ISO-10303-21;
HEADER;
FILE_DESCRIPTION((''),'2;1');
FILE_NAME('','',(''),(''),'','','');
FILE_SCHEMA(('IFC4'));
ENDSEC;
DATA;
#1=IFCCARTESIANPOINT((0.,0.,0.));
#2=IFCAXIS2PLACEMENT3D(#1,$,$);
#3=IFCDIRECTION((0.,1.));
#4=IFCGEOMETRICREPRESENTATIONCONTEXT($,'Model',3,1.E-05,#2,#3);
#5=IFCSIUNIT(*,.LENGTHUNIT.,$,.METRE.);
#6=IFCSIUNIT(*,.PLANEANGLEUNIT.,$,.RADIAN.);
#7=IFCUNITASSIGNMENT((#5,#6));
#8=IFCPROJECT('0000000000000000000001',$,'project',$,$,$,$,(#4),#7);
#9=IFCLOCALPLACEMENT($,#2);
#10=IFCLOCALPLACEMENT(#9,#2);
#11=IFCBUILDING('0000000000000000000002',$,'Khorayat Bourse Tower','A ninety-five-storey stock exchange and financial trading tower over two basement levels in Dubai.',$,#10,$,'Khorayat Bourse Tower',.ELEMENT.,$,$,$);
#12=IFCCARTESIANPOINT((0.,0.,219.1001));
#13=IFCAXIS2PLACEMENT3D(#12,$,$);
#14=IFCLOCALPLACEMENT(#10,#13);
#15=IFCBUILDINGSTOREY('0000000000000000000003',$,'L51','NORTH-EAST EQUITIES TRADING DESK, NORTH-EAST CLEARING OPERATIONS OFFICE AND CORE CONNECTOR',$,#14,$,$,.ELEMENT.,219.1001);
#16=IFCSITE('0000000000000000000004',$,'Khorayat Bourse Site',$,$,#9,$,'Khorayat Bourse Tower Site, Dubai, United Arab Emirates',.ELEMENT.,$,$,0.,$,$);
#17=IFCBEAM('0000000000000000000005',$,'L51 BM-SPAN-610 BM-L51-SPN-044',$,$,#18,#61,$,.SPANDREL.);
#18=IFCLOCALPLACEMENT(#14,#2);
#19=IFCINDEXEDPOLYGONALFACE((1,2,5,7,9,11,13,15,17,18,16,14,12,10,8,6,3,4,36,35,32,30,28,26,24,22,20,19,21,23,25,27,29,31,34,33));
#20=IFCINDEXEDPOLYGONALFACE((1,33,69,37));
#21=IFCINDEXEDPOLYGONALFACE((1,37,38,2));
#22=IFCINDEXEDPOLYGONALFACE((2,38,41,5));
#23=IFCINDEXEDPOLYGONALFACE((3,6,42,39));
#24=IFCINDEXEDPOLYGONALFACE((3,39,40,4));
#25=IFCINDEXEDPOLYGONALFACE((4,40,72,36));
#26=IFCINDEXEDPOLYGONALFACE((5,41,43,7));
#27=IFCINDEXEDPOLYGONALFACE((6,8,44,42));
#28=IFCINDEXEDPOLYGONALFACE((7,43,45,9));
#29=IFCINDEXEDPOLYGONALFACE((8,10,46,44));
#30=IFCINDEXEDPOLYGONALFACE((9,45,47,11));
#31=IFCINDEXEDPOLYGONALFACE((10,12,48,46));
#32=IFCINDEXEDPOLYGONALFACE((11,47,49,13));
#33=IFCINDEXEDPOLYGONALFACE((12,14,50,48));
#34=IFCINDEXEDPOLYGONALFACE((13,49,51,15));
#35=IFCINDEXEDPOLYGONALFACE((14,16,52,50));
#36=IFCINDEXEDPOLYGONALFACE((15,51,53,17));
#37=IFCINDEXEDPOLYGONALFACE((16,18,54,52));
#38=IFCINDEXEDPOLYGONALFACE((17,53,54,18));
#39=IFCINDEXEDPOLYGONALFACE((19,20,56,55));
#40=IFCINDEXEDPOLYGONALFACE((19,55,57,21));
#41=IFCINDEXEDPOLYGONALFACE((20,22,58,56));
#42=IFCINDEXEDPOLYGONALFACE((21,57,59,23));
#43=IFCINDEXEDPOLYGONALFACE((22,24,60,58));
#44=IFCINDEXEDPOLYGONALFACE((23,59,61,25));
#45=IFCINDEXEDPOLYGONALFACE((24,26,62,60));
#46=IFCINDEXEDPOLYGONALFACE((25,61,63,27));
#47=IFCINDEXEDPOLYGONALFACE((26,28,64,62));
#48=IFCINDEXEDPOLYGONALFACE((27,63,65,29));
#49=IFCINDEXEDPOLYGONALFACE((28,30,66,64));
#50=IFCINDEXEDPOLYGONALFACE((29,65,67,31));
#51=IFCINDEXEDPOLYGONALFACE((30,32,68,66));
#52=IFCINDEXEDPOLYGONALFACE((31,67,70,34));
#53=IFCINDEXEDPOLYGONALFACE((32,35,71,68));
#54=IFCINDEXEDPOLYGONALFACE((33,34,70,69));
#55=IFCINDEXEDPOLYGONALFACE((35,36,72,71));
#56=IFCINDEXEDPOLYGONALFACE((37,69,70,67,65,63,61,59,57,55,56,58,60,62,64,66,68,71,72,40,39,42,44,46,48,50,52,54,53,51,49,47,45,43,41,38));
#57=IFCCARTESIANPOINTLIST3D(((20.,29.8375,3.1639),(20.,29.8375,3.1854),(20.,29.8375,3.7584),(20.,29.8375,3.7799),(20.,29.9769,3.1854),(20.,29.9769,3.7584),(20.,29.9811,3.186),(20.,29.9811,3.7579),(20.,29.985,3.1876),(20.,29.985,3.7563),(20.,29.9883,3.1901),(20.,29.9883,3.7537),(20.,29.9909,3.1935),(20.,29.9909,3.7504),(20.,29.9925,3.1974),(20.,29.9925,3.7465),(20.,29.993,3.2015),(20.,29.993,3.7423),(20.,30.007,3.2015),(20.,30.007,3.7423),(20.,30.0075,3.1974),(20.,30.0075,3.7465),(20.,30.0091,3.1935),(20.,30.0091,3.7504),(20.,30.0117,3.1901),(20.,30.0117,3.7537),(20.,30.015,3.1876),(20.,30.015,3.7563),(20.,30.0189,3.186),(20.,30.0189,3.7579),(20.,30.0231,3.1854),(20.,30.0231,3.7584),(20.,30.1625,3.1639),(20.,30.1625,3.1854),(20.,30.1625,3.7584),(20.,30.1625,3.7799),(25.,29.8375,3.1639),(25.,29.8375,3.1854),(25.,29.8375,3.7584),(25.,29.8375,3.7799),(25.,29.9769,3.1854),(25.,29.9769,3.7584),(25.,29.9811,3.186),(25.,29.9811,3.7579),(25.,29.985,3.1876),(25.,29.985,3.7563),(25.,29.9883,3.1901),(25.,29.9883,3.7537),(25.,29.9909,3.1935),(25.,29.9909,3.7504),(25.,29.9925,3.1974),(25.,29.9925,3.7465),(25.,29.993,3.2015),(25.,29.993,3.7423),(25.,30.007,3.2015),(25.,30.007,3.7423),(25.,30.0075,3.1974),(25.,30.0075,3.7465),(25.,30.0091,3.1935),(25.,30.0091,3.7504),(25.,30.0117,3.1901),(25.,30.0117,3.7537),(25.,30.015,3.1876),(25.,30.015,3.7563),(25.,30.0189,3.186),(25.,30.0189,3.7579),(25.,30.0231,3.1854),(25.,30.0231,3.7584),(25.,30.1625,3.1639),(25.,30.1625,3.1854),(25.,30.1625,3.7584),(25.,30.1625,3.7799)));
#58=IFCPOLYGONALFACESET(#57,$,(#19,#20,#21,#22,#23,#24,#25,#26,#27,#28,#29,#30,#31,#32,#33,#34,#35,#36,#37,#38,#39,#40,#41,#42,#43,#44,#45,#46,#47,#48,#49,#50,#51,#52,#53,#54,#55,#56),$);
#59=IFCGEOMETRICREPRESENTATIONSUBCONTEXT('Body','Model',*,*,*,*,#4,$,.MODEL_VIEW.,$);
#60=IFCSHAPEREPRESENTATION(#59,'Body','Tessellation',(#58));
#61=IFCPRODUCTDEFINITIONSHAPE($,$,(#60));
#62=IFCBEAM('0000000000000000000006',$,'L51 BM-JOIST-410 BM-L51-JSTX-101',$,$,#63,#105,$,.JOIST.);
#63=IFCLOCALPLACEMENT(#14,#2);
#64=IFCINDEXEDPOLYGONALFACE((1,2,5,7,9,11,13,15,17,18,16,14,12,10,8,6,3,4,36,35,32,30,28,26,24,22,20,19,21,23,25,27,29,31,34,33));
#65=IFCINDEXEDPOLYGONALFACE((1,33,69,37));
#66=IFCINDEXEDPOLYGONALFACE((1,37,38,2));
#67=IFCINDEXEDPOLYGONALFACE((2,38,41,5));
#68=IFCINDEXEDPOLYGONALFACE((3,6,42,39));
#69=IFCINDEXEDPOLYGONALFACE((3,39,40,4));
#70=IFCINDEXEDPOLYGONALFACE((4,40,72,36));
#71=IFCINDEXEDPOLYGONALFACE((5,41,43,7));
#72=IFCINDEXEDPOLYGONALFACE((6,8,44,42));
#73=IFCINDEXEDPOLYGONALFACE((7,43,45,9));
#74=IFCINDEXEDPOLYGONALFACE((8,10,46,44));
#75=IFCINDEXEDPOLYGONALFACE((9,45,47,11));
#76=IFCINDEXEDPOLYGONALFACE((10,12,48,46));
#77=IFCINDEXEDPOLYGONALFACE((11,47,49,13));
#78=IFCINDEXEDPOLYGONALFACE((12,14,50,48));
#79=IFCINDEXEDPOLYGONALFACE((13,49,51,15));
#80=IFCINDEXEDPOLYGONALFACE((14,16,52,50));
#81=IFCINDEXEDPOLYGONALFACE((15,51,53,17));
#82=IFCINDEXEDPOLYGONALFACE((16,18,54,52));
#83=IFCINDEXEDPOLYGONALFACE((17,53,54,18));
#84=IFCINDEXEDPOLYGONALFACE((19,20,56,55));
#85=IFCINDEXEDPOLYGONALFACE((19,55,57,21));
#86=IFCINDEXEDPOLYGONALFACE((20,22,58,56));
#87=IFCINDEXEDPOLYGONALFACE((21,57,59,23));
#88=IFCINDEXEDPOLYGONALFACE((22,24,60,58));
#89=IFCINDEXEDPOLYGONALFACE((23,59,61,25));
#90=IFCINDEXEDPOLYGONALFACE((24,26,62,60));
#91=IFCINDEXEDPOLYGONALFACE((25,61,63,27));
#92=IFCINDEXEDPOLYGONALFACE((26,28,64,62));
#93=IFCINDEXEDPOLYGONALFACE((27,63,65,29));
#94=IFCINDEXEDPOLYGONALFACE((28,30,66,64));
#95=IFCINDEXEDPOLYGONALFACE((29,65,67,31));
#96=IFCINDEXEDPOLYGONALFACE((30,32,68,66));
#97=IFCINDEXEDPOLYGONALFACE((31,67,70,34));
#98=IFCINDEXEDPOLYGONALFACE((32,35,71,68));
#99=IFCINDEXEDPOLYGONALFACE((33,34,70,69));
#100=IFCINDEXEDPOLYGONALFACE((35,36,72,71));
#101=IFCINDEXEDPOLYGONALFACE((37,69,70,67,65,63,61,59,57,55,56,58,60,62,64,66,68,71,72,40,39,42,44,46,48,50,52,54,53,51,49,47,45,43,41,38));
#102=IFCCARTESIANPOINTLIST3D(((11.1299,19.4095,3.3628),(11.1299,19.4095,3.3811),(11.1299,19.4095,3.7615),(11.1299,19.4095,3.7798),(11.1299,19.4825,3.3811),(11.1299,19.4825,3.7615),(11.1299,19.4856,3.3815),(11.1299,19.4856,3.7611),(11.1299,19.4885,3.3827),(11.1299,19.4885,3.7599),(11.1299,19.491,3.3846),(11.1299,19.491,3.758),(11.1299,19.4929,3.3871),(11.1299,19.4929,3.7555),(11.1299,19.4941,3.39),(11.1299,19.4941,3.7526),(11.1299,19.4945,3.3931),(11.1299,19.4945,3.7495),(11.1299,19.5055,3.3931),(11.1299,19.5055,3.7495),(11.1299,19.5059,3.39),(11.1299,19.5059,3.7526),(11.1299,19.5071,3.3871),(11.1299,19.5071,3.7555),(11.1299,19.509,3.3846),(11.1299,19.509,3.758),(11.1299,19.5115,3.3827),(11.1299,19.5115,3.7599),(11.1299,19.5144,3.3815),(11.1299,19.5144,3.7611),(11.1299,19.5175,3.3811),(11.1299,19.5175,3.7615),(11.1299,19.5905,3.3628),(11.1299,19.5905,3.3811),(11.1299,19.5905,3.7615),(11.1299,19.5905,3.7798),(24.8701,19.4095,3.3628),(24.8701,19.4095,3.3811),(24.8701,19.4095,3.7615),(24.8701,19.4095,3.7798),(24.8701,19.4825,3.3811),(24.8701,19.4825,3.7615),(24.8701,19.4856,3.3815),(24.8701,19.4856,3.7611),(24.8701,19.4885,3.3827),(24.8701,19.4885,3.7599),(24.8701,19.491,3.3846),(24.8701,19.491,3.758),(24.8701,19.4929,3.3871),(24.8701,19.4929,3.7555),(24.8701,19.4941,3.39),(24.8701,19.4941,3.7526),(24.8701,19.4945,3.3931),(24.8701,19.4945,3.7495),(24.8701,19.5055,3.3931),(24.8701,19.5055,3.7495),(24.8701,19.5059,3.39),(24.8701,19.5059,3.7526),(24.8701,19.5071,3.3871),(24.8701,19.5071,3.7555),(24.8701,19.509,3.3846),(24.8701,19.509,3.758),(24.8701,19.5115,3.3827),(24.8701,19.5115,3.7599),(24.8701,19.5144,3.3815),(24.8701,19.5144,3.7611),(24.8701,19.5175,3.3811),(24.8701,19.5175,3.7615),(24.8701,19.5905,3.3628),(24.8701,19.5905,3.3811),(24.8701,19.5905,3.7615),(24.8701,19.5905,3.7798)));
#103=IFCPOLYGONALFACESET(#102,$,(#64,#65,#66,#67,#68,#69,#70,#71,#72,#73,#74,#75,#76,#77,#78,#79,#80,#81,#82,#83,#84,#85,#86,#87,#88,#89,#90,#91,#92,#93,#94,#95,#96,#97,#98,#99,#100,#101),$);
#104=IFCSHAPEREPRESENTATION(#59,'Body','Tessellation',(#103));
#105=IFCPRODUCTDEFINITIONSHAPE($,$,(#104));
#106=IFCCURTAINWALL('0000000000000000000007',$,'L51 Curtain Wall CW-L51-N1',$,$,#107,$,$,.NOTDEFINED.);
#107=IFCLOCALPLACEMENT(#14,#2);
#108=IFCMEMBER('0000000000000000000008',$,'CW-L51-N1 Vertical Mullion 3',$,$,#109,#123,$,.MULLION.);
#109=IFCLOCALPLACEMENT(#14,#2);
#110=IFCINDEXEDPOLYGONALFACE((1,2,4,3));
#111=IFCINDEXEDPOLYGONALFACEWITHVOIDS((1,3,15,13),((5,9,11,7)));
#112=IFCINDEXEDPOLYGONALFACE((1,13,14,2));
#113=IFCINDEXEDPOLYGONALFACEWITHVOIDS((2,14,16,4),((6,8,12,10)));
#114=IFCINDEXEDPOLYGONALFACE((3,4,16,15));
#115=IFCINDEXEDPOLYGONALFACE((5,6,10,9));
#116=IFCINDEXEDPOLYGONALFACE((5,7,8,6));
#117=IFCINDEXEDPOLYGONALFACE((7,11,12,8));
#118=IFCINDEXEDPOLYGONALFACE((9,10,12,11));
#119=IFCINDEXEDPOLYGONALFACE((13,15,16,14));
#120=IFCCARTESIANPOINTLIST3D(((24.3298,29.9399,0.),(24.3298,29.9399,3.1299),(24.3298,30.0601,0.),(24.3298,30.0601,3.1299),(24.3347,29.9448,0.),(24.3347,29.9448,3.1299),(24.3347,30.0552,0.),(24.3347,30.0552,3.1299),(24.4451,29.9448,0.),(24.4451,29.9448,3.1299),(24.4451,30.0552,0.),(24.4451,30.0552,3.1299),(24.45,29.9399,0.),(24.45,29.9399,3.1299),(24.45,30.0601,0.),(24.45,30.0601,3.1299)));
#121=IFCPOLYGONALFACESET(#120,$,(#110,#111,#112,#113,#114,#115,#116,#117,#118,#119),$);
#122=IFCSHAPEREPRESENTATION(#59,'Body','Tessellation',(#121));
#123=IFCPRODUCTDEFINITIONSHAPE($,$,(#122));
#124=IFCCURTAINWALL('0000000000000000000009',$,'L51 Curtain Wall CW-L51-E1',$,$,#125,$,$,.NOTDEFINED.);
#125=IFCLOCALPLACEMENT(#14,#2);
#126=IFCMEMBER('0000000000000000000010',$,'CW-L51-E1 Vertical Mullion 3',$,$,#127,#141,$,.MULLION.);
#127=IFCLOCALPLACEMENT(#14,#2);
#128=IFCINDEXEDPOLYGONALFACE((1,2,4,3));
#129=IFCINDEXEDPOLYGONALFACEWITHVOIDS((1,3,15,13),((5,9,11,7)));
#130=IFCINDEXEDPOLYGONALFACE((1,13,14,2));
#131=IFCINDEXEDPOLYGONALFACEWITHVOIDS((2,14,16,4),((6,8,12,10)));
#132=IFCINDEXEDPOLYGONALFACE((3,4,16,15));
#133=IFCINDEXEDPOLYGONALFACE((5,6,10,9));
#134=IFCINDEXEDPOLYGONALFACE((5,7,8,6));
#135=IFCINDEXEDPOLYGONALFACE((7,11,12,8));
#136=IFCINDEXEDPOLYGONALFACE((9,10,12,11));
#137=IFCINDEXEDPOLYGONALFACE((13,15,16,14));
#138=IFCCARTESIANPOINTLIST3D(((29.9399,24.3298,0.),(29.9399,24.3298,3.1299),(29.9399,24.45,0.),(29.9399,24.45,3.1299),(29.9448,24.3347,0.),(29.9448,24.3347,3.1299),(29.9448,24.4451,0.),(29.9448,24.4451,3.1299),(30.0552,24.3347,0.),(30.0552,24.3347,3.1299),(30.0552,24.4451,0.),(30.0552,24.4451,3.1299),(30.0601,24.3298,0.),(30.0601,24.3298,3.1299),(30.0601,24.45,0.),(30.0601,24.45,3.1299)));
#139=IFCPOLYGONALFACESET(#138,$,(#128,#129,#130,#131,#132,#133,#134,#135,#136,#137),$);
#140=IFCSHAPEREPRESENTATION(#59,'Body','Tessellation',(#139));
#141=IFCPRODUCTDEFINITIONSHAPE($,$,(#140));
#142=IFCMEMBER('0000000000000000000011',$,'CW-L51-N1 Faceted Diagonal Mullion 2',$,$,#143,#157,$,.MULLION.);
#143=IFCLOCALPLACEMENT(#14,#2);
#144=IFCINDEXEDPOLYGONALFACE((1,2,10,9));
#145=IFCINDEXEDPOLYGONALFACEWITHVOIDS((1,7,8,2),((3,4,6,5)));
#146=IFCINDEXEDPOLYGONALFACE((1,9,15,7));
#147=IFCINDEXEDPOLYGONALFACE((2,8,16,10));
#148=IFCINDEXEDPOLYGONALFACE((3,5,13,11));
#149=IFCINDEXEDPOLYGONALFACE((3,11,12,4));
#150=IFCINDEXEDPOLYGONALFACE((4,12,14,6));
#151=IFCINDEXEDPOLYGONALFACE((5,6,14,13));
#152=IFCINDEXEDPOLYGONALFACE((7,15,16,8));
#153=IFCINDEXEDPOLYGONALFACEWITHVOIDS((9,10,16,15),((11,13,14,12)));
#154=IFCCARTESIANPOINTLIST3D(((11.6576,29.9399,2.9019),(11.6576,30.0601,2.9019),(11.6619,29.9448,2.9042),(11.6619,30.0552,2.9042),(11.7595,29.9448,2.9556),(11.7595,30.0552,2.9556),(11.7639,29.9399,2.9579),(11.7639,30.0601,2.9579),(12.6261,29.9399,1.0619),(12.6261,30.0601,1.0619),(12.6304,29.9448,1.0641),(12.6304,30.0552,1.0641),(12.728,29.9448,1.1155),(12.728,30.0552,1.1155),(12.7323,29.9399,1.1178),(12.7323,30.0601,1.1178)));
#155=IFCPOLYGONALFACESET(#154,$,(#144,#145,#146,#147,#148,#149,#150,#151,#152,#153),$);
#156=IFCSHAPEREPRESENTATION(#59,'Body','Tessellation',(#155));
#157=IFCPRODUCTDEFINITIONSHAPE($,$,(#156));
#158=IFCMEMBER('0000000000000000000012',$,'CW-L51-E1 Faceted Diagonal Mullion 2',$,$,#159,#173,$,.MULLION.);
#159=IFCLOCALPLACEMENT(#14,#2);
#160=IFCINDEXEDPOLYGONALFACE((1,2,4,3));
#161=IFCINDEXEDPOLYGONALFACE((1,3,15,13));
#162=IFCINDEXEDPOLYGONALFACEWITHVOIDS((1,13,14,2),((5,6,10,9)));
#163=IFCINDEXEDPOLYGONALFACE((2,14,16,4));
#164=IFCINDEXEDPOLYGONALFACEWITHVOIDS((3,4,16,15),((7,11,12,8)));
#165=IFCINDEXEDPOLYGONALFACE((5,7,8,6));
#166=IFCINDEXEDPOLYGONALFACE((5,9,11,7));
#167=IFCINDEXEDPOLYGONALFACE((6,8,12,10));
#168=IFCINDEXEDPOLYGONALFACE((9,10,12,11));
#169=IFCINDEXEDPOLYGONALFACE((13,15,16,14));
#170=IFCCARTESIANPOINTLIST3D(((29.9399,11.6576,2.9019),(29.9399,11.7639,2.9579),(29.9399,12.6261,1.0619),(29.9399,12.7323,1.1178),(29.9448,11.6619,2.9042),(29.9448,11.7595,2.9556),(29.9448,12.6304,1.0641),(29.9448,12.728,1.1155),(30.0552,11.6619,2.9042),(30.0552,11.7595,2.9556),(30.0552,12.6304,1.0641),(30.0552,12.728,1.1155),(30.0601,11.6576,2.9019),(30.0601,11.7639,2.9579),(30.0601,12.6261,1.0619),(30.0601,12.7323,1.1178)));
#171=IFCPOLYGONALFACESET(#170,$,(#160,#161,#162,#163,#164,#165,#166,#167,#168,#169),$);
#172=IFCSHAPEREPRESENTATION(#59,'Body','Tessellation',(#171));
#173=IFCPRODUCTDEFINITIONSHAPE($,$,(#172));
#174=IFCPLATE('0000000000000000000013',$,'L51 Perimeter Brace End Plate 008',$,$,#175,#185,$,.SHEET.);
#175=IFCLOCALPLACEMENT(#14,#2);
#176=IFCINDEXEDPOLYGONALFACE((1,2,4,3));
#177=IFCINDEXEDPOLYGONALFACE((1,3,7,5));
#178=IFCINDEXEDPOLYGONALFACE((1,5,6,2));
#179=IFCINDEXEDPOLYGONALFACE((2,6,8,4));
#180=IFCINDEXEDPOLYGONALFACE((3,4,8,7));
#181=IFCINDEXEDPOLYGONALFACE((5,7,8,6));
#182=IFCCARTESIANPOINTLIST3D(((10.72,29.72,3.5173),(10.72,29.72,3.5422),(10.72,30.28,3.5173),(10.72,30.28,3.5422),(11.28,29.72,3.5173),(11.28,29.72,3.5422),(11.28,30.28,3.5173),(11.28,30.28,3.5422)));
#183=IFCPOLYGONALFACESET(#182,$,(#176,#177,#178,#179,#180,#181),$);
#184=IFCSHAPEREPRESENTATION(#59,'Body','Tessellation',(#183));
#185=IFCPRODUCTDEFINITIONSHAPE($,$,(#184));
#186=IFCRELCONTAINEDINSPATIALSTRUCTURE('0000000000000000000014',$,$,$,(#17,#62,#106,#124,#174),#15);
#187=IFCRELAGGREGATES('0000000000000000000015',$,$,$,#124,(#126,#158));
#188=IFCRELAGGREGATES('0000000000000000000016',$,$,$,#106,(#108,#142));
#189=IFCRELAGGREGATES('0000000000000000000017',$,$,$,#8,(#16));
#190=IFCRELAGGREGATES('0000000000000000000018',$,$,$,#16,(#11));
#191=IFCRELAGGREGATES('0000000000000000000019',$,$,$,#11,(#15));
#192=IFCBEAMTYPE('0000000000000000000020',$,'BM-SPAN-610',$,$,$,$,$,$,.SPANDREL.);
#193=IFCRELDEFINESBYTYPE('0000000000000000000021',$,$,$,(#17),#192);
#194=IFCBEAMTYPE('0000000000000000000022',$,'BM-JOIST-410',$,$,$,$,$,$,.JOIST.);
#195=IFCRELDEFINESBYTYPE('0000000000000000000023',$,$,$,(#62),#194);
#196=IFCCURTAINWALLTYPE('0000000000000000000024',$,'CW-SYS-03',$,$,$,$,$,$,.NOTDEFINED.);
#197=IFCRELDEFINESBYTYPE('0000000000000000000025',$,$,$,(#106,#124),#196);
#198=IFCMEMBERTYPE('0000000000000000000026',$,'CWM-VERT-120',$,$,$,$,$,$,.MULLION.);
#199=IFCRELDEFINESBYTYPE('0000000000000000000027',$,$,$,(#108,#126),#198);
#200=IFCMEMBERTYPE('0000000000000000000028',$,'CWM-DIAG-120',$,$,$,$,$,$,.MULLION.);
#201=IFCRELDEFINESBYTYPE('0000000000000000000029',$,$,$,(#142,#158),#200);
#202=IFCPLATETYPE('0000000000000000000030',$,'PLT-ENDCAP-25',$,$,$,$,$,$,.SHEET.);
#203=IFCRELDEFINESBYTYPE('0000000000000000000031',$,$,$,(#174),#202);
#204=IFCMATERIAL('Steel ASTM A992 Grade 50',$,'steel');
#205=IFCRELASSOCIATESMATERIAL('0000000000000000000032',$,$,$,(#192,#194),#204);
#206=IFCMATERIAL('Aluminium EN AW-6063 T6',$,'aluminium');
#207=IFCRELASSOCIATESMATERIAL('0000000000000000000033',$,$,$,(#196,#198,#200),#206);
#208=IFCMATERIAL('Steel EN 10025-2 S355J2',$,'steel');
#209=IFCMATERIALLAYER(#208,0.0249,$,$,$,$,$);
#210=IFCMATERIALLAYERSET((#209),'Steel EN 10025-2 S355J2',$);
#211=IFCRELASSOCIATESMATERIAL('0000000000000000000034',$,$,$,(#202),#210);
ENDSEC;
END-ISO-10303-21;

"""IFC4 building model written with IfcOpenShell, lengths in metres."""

from ifc_helpers import new_model, si_unit, direction, frame, origin, origin_2d, place, context, subcontext, project, spatial, rectangle, hollow_rectangle, i_section, extrude, source, transform, mapped, material, layer, layer_set, material_profile, profile_set, type_object, element, aggregate, save


model = new_model("IFC4")

# Units and contexts
model_context = context("Model", 3, precision=1e-05, world=origin(), true_north=direction((0.0, 1.0)))
body_context = subcontext(model_context, "Body", "Model", "MODEL_VIEW")
ifc_project = project(units=[si_unit("LENGTHUNIT", "METRE"), si_unit("PLANEANGLEUNIT", "RADIAN")], contexts=[model_context])

# Site, building, storey
site_placement = place(None, origin())
site = spatial("IfcSite", under=ifc_project, at=site_placement, Name="Khorayat Bourse Site", LongName="Khorayat Bourse Tower Site, Dubai, United Arab Emirates", CompositionType="ELEMENT", RefElevation=0.0)
building_placement = place(site_placement, origin())
building = spatial("IfcBuilding", under=site, at=building_placement, Name="Khorayat Bourse Tower", Description="A ninety-five-storey stock exchange and financial trading tower over two basement levels in Dubai.", LongName="Khorayat Bourse Tower", CompositionType="ELEMENT")
storey_placement = place(building_placement, frame((0.0, 0.0, 219.1001)))
storey = spatial("IfcBuildingStorey", under=building, at=storey_placement, Name="L51", Description="NORTH-EAST EQUITIES TRADING DESK, NORTH-EAST CLEARING OPERATIONS OFFICE AND CORE CONNECTOR", CompositionType="ELEMENT", Elevation=219.1001)

# Beams
ifc_material_1 = material(Name="Steel ASTM A992 Grade 50", Category="steel")
ifc_material_profile_1 = material_profile(ifc_material_1, i_section(OverallWidth=0.325, OverallDepth=0.616, WebThickness=0.0139, FlangeThickness=0.0215, FilletRadius=0.0161, at=origin_2d()), Name="W610X174")
ifc_profile_set_1 = profile_set([ifc_material_profile_1], Name="Steel ASTM A992 Grade 50")
beam_type_1 = type_object("IfcBeamType", Name="BM-SPAN-610", PredefinedType="SPANDREL", material=ifc_profile_set_1)
shared_shape_1 = source(origin(), body_context, "Body", "SweptSolid", [
    extrude(i_section(OverallWidth=0.325, OverallDepth=0.616, WebThickness=0.0139, FlangeThickness=0.0215, FilletRadius=0.0161, at=origin_2d()), origin(), (0.0, 0.0, 1.0), 5.0),
])
for number, where, z_axis, x_axis, name in (
    (1, (20.0, 30.0, 3.4719), (1.0, 0.0, 0.0), (0.0, 1.0, 0.0), "L51 BM-SPAN-610 BM-L51-SPN-044"),
):
    element("IfcBeam", number, at=place(storey_placement, frame(where, z_axis=z_axis, x_axis=x_axis)), inside=storey, type_object=beam_type_1, Name=name, PredefinedType="SPANDREL", context=body_context, shape_type="MappedRepresentation", body=[
        mapped(shared_shape_1, transform((0.0, 0.0, 0.0), scale=1.0)),
    ])
ifc_material_profile_2 = material_profile(ifc_material_1, i_section(OverallWidth=0.1809, OverallDepth=0.417, WebThickness=0.011, FlangeThickness=0.0183, FilletRadius=0.012, at=origin_2d()), Name="W410X85")
ifc_profile_set_2 = profile_set([ifc_material_profile_2], Name="Steel ASTM A992 Grade 50")
beam_type_2 = type_object("IfcBeamType", Name="BM-JOIST-410", PredefinedType="JOIST", material=ifc_profile_set_2)
shared_shape_2 = source(origin(), body_context, "Body", "SweptSolid", [
    extrude(i_section(OverallWidth=0.1809, OverallDepth=0.417, WebThickness=0.011, FlangeThickness=0.0183, FilletRadius=0.012, at=origin_2d()), origin(), (0.0, 0.0, 1.0), 13.7402),
])
beam_1_placement = place(storey_placement, frame((11.1299, 19.5, 3.5713), z_axis=(1.0, 0.0, 0.0), x_axis=(0.0, 1.0, 0.0)))
element("IfcBeam", 2, at=beam_1_placement, inside=storey, type_object=beam_type_2, Name="L51 BM-JOIST-410 BM-L51-JSTX-101", PredefinedType="JOIST", context=body_context, shape_type="MappedRepresentation", body=[
    mapped(shared_shape_2, transform((0.0, 0.0, 0.0), scale=1.0)),
])

# Curtain walls, members
ifc_material_2 = material(Name="Aluminium EN AW-6063 T6", Category="aluminium")
curtain_wall_type = type_object("IfcCurtainWallType", Name="CW-SYS-03", PredefinedType="NOTDEFINED", material=ifc_material_2)
curtain_wall_1_placement = place(storey_placement, origin())
curtain_wall_1 = element("IfcCurtainWall", 3, at=curtain_wall_1_placement, inside=storey, type_object=curtain_wall_type, Name="L51 Curtain Wall CW-L51-N1", PredefinedType="NOTDEFINED")
ifc_material_profile_3 = material_profile(ifc_material_2, hollow_rectangle(XDim=0.1201, YDim=0.1201, WallThickness=0.0049, at=origin_2d()), Name="ALU 120x120x5")
ifc_profile_set_3 = profile_set([ifc_material_profile_3], Name="Aluminium EN AW-6063 T6")
member_type_1 = type_object("IfcMemberType", Name="CWM-VERT-120", PredefinedType="MULLION", material=ifc_profile_set_3)
shared_shape_3 = source(origin(), body_context, "Body", "SweptSolid", [
    extrude(hollow_rectangle(XDim=0.1201, YDim=0.1201, WallThickness=0.0049, at=origin_2d()), origin(), (0.0, 0.0, 1.0), 3.1299),
])
member_1_placement = place(storey_placement, frame((24.3899, 30.0, 0.0), z_axis=(0.0, 0.0, 1.0), x_axis=(0.0, 1.0, 0.0)))
member_1 = element("IfcMember", 4, at=member_1_placement, type_object=member_type_1, Name="CW-L51-N1 Vertical Mullion 3", PredefinedType="MULLION", context=body_context, shape_type="MappedRepresentation", body=[
    mapped(shared_shape_3, transform((0.0, 0.0, 0.0), scale=1.0)),
])
curtain_wall_2_placement = place(storey_placement, origin())
curtain_wall_2 = element("IfcCurtainWall", 5, at=curtain_wall_2_placement, inside=storey, type_object=curtain_wall_type, Name="L51 Curtain Wall CW-L51-E1", PredefinedType="NOTDEFINED")
member_2_placement = place(storey_placement, frame((30.0, 24.3899, 0.0), z_axis=(0.0, 0.0, 1.0), x_axis=(-1.0, 0.0, 0.0)))
member_2 = element("IfcMember", 6, at=member_2_placement, type_object=member_type_1, Name="CW-L51-E1 Vertical Mullion 3", PredefinedType="MULLION", context=body_context, shape_type="MappedRepresentation", body=[
    mapped(shared_shape_3, transform((0.0, 0.0, 0.0), scale=1.0)),
])

# Members
ifc_material_profile_4 = material_profile(ifc_material_2, hollow_rectangle(XDim=0.1201, YDim=0.1201, WallThickness=0.0049, at=origin_2d()), Name="ALU 120x120x5")
ifc_profile_set_4 = profile_set([ifc_material_profile_4], Name="Aluminium EN AW-6063 T6")
member_type_2 = type_object("IfcMemberType", Name="CWM-DIAG-120", PredefinedType="MULLION", material=ifc_profile_set_4)
shared_shape_4 = source(origin(), body_context, "Body", "SweptSolid", [
    extrude(hollow_rectangle(XDim=0.1201, YDim=0.1201, WallThickness=0.0049, at=origin_2d()), origin(), (0.0, 0.0, 1.0), 2.0793),
])
member_3_placement = place(storey_placement, frame((12.6792, 30.0, 1.0898), z_axis=(-0.465761, 0.0, 0.884911), x_axis=(0.0, -1.0, 0.0)))
member_3 = element("IfcMember", 7, at=member_3_placement, type_object=member_type_2, Name="CW-L51-N1 Faceted Diagonal Mullion 2", PredefinedType="MULLION", context=body_context, shape_type="MappedRepresentation", body=[
    mapped(shared_shape_4, transform((0.0, 0.0, 0.0), scale=1.0)),
])
member_4_placement = place(storey_placement, frame((30.0, 12.6792, 1.0898), z_axis=(0.0, -0.465761, 0.884911), x_axis=(1.0, 0.0, 0.0)))
member_4 = element("IfcMember", 8, at=member_4_placement, type_object=member_type_2, Name="CW-L51-E1 Faceted Diagonal Mullion 2", PredefinedType="MULLION", context=body_context, shape_type="MappedRepresentation", body=[
    mapped(shared_shape_4, transform((0.0, 0.0, 0.0), scale=1.0)),
])
aggregate(curtain_wall_2, [member_2, member_4])

# Plate
ifc_material_3 = material(Name="Steel EN 10025-2 S355J2", Category="steel")
ifc_layer_1 = layer(ifc_material_3, 0.0249)
ifc_layer_set_1 = layer_set([ifc_layer_1], Name="Steel EN 10025-2 S355J2")
plate_type_1 = type_object("IfcPlateType", Name="PLT-ENDCAP-25", PredefinedType="SHEET", material=ifc_layer_set_1)
shared_shape_5 = source(origin(), body_context, "Body", "SweptSolid", [
    extrude(rectangle(XDim=0.5601, YDim=0.5601, at=origin_2d()), origin(), (0.0, 0.0, 1.0), 0.0249),
])
plate_1_placement = place(storey_placement, frame((11.0, 30.0, 3.5173), z_axis=(0.0, 0.0, 1.0), x_axis=(1.0, 0.0, 0.0)))
element("IfcPlate", 9, at=plate_1_placement, inside=storey, type_object=plate_type_1, Name="L51 Perimeter Brace End Plate 008", PredefinedType="SHEET", context=body_context, shape_type="MappedRepresentation", body=[
    mapped(shared_shape_5, transform((0.0, 0.0, 0.0), scale=1.0)),
])
aggregate(curtain_wall_1, [member_1, member_3])

save(model, "model.ifc")
